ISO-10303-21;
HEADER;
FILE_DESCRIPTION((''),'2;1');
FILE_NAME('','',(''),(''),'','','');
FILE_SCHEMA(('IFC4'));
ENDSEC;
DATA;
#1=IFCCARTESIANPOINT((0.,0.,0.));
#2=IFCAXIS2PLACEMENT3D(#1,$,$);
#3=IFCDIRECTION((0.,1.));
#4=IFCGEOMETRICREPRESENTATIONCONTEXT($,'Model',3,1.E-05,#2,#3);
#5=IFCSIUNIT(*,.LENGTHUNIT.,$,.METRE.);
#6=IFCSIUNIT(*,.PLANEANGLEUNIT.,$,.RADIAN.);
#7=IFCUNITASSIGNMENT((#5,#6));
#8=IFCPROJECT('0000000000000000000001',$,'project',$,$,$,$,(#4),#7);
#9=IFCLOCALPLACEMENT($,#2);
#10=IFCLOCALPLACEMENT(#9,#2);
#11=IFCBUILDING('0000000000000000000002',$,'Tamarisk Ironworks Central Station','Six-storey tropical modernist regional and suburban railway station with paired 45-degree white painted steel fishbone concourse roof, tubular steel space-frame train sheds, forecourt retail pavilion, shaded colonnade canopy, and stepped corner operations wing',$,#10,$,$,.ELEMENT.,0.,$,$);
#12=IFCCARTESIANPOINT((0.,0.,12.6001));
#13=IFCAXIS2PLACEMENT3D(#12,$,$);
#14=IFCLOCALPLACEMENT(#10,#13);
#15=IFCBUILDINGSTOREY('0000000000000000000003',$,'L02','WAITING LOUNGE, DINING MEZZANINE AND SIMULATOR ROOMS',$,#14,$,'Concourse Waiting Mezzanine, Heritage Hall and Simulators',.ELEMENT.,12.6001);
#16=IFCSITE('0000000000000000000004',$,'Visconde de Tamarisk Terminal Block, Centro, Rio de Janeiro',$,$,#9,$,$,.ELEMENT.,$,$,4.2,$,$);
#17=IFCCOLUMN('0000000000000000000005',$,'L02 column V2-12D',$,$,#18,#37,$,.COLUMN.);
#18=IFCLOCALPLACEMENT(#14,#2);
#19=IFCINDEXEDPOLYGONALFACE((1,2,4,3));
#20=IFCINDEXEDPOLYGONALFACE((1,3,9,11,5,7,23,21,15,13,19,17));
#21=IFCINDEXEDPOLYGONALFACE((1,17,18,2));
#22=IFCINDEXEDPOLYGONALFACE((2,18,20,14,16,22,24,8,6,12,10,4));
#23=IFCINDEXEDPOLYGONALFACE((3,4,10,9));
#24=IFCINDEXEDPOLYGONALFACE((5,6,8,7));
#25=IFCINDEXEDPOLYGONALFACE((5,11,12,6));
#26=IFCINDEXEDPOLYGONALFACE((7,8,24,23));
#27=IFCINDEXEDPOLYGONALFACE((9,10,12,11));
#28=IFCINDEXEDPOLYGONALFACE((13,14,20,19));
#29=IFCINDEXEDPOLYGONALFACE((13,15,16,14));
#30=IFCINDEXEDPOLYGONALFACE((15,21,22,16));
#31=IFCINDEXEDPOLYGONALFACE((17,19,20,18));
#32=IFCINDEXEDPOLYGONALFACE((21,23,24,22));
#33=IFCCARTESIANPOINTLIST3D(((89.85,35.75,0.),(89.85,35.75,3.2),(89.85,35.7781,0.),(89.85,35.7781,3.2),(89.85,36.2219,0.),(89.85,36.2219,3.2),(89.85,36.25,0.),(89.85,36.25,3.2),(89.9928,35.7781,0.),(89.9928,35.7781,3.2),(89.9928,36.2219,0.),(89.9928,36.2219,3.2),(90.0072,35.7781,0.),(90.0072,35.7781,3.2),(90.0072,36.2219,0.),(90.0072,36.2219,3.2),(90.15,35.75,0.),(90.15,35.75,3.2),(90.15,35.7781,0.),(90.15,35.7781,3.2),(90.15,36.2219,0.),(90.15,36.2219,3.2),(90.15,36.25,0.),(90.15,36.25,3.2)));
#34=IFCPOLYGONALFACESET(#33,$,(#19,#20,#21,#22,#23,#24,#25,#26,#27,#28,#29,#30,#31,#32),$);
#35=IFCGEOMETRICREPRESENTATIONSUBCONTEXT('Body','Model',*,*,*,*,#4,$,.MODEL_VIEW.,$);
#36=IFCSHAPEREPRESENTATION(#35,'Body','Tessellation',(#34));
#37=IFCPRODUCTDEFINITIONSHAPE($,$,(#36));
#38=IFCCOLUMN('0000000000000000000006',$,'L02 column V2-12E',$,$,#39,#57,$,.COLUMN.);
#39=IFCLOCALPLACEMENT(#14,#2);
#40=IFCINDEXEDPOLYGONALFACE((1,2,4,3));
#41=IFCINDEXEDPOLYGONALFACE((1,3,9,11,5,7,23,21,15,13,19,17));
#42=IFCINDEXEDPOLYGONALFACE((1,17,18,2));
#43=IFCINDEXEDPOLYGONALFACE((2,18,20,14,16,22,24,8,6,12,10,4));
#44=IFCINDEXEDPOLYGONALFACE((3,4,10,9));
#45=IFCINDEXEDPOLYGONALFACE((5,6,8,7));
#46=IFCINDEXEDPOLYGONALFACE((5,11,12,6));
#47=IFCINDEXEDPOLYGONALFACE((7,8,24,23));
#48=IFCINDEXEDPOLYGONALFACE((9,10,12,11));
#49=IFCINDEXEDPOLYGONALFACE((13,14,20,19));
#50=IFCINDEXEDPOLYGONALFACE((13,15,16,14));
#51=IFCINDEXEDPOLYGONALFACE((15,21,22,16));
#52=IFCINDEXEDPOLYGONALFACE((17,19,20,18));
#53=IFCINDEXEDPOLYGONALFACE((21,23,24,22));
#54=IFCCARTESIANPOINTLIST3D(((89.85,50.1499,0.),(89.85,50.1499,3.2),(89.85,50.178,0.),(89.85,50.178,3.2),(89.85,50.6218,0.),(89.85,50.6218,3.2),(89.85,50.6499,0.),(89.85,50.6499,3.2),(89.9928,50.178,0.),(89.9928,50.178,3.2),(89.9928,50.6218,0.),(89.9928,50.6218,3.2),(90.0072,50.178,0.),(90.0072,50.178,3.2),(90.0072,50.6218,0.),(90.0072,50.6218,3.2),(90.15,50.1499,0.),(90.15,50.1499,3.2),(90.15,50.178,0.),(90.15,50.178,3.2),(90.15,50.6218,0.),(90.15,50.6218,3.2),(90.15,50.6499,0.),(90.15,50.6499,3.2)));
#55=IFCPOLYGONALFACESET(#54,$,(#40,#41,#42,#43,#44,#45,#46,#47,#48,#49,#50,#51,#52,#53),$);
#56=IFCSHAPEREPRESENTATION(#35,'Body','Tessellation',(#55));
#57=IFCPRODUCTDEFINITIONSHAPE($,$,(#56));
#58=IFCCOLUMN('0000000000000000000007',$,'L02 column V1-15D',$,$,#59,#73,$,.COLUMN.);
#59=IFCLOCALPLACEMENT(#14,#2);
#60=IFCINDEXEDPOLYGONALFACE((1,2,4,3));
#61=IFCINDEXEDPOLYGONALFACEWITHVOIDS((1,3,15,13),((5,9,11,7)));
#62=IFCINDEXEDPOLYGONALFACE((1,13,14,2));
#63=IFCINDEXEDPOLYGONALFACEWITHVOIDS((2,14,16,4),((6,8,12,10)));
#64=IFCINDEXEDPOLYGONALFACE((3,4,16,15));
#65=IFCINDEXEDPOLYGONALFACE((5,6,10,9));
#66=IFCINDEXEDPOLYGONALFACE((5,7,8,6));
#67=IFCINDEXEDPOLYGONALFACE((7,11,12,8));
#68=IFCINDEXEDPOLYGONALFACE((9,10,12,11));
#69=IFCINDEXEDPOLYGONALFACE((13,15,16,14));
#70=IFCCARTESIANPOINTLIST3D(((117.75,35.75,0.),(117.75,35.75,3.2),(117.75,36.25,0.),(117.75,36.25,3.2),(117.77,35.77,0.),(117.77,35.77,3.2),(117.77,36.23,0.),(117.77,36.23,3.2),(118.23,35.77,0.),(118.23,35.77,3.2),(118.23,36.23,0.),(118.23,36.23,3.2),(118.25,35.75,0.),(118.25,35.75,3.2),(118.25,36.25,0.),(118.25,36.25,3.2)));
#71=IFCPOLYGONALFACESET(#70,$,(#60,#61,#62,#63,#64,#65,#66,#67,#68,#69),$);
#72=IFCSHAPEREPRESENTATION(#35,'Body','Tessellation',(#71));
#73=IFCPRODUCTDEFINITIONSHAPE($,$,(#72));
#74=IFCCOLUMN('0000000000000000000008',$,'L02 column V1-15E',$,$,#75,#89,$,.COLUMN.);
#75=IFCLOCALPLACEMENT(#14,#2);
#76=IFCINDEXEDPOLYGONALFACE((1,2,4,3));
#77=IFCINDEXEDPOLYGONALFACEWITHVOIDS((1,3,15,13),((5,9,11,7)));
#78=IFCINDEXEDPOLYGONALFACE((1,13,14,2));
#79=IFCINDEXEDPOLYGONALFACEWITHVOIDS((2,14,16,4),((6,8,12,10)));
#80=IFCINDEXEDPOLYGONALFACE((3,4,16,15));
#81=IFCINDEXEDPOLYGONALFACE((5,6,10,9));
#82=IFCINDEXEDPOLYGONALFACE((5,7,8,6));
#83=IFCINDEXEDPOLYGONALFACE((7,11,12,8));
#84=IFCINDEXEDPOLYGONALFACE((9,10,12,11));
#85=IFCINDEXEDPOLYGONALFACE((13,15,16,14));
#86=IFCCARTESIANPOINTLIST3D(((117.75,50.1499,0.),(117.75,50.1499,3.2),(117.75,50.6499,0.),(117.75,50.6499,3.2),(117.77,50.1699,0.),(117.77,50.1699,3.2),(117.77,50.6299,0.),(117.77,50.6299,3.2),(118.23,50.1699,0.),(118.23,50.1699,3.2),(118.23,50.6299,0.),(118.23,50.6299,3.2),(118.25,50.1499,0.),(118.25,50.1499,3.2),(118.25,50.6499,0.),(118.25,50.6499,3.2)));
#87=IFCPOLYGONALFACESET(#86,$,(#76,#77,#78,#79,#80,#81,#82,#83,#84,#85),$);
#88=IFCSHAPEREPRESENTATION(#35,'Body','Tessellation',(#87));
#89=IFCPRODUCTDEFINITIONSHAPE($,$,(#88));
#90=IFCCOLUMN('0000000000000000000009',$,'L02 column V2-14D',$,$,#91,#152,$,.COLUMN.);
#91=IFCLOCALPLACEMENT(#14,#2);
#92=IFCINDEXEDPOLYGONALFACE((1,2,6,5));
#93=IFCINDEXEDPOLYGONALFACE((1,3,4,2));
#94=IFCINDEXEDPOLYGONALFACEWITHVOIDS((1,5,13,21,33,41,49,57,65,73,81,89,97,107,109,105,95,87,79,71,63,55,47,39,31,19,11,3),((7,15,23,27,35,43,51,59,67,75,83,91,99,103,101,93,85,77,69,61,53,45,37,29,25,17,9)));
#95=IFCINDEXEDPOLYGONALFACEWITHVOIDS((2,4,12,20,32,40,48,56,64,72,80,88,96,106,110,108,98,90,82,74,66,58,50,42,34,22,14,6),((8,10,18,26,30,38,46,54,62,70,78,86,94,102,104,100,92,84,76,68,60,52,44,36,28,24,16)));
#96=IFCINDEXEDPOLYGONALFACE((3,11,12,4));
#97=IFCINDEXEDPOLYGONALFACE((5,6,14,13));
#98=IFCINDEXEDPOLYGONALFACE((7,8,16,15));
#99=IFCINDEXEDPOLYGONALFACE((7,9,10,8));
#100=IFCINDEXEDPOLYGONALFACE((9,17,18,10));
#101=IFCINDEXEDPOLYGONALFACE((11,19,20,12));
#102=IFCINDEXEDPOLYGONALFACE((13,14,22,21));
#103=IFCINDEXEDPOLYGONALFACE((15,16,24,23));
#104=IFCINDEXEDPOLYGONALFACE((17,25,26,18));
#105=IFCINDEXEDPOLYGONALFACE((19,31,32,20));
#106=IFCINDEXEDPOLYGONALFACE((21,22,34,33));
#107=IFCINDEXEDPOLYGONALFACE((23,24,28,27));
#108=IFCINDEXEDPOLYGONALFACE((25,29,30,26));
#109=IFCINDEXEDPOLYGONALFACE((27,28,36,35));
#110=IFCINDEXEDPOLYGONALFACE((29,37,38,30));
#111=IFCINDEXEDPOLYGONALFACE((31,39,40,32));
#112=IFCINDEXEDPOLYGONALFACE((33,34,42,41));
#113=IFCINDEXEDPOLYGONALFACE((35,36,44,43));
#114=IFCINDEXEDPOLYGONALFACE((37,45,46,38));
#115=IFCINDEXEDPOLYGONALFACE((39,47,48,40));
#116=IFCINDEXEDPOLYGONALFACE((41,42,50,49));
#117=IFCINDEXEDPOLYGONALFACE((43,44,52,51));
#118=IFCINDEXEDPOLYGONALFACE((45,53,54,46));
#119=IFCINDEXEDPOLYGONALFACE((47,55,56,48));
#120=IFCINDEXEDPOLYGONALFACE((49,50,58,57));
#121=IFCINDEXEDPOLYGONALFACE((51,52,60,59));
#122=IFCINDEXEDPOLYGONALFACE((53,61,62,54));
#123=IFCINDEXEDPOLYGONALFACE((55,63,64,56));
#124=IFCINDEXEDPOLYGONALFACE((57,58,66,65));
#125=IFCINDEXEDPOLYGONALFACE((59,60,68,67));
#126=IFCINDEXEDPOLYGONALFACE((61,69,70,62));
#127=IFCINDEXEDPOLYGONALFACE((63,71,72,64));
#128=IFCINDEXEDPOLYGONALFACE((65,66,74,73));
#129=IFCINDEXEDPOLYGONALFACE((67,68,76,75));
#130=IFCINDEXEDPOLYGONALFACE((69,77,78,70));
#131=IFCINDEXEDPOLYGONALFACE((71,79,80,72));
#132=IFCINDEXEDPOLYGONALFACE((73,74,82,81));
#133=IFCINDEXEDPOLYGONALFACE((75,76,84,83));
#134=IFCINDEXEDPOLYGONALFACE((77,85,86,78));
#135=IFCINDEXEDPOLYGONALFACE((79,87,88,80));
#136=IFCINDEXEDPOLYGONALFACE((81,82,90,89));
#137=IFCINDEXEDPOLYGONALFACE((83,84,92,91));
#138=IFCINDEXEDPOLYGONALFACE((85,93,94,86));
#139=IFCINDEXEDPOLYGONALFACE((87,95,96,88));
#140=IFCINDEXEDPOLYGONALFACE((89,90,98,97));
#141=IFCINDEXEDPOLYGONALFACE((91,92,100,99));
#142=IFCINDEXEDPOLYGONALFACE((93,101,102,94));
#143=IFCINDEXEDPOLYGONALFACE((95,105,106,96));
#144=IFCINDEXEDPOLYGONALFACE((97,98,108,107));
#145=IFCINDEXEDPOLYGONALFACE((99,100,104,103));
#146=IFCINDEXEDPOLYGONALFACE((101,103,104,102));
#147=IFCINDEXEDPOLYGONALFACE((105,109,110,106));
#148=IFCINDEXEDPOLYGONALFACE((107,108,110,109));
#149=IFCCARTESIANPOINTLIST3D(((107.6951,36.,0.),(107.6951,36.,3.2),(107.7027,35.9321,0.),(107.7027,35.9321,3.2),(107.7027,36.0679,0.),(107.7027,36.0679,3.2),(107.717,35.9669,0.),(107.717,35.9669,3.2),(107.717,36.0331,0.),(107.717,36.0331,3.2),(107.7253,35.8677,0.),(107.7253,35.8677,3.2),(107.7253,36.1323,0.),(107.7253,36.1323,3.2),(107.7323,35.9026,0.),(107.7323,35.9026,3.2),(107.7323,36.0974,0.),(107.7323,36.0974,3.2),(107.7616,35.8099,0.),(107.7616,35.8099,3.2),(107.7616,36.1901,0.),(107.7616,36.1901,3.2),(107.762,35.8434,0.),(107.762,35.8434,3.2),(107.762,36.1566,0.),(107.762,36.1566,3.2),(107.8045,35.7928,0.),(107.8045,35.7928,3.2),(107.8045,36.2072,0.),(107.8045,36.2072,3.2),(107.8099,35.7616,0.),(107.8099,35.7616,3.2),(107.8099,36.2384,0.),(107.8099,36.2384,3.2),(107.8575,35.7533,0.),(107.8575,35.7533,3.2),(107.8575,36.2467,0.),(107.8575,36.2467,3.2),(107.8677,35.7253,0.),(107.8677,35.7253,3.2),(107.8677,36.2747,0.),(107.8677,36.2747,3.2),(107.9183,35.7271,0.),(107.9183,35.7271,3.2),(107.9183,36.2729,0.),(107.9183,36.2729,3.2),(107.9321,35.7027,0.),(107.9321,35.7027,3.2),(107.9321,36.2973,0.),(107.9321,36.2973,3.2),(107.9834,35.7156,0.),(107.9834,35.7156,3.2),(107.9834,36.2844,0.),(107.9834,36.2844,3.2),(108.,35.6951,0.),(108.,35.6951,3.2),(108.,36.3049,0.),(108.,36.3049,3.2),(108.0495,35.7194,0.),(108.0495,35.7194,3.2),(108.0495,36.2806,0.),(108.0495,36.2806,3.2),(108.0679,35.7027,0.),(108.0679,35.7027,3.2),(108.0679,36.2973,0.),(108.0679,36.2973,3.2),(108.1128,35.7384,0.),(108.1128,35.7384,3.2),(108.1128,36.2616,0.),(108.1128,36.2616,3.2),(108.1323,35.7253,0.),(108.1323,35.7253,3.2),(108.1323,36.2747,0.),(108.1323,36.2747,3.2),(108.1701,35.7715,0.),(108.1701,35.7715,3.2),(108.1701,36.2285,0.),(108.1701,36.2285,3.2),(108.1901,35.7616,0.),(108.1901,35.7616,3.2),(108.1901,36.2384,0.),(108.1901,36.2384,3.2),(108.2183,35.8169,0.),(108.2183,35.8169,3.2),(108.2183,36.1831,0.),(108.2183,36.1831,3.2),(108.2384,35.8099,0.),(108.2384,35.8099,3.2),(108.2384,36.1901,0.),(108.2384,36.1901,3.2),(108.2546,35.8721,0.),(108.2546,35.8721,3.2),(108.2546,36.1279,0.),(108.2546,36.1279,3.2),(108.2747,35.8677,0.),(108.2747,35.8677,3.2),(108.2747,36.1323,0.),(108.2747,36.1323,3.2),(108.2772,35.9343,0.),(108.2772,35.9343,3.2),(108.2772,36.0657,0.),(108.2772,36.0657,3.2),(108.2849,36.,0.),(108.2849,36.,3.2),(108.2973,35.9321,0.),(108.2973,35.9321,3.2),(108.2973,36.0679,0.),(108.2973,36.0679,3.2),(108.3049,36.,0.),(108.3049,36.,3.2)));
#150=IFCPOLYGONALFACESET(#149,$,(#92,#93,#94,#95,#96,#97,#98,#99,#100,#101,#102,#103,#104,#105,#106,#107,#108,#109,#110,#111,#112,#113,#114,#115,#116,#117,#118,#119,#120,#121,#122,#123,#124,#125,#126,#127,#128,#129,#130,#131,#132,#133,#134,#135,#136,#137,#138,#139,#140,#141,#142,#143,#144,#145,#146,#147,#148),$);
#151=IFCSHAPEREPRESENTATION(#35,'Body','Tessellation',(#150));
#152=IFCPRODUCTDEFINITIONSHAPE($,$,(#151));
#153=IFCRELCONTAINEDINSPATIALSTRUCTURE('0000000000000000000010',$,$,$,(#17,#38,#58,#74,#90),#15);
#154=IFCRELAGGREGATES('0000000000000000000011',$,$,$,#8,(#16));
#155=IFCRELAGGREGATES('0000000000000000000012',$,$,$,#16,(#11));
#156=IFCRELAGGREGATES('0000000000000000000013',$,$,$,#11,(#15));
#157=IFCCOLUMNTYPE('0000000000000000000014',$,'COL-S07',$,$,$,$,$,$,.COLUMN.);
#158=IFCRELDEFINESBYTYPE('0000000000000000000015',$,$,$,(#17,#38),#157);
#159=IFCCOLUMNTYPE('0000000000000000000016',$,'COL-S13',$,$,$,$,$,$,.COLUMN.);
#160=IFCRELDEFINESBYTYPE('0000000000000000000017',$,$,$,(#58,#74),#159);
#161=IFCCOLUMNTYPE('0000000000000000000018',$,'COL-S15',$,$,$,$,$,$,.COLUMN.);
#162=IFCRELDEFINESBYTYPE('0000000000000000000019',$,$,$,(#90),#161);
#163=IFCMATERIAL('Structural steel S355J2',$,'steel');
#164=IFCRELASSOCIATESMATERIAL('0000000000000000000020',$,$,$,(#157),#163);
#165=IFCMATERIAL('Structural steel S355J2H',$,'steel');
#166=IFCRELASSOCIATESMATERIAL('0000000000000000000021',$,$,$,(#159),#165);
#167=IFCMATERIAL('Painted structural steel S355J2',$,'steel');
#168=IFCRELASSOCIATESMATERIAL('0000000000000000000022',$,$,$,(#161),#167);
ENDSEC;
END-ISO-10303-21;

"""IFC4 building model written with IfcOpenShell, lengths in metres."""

from ifc_helpers import new_model, si_unit, direction, frame, origin, origin_2d, place, context, subcontext, project, spatial, hollow_rectangle, hollow_circle, i_section, extrude, material, material_profile, profile_set, type_object, element, save


model = new_model("IFC4")

# Units and contexts
model_context = context("Model", 3, precision=1e-05, world=origin(), true_north=direction((0.0, 1.0)))
body_context = subcontext(model_context, "Body", "Model", "MODEL_VIEW")
ifc_project = project(units=[si_unit("LENGTHUNIT", "METRE"), si_unit("PLANEANGLEUNIT", "RADIAN")], contexts=[model_context])

# Site, building, storey
site_placement = place(None, origin())
site = spatial("IfcSite", under=ifc_project, at=site_placement, Name="Visconde de Tamarisk Terminal Block, Centro, Rio de Janeiro", CompositionType="ELEMENT", RefElevation=4.2)
building_placement = place(site_placement, origin())
building = spatial("IfcBuilding", under=site, at=building_placement, Name="Tamarisk Ironworks Central Station", Description="Six-storey tropical modernist regional and suburban railway station with paired 45-degree white painted steel fishbone concourse roof, tubular steel space-frame train sheds, forecourt retail pavilion, shaded colonnade canopy, and stepped corner operations wing", CompositionType="ELEMENT", ElevationOfRefHeight=0.0)
storey_placement = place(building_placement, frame((0.0, 0.0, 12.6001)))
storey = spatial("IfcBuildingStorey", under=building, at=storey_placement, Name="L02", Description="WAITING LOUNGE, DINING MEZZANINE AND SIMULATOR ROOMS", LongName="Concourse Waiting Mezzanine, Heritage Hall and Simulators", CompositionType="ELEMENT", Elevation=12.6001)

# Columns
ifc_material_1 = material(Name="Structural steel S355J2", Category="steel")
ifc_material_profile_1 = material_profile(ifc_material_1, i_section(OverallWidth=0.3, OverallDepth=0.5, WebThickness=0.0144, FlangeThickness=0.0281, at=origin_2d()), Name="HEB 500")
ifc_profile_set_1 = profile_set([ifc_material_profile_1], Name="Structural steel S355J2")
column_type_1 = type_object("IfcColumnType", Name="COL-S07", PredefinedType="COLUMN", material=ifc_profile_set_1)
for number, where, z_axis, x_axis, name in (
    (1, (90.0, 36.0, 0.0), (0.0, 0.0, 1.0), (1.0, 0.0, 0.0), "L02 column V2-12D"),
    (2, (90.0, 50.3999, 0.0), (0.0, 0.0, 1.0), (1.0, 0.0, 0.0), "L02 column V2-12E"),
):
    element("IfcColumn", number, at=place(storey_placement, frame(where, z_axis=z_axis, x_axis=x_axis)), inside=storey, type_object=column_type_1, Name=name, PredefinedType="COLUMN", context=body_context, shape_type="SweptSolid", body=[
        extrude(i_section(OverallWidth=0.3, OverallDepth=0.5, WebThickness=0.0144, FlangeThickness=0.0281, at=origin_2d()), origin(), (0.0, 0.0, 1.0), 3.2),
    ])
ifc_material_2 = material(Name="Structural steel S355J2H", Category="steel")
ifc_material_profile_2 = material_profile(ifc_material_2, hollow_rectangle(XDim=0.5, YDim=0.5, WallThickness=0.02, at=origin_2d()), Name="SHS 500x500x20")
ifc_profile_set_2 = profile_set([ifc_material_profile_2], Name="Structural steel S355J2H")
column_type_2 = type_object("IfcColumnType", Name="COL-S13", PredefinedType="COLUMN", material=ifc_profile_set_2)
for number, where, z_axis, x_axis, name in (
    (3, (118.0, 36.0, 0.0), (0.0, 0.0, 1.0), (1.0, 0.0, 0.0), "L02 column V1-15D"),
    (4, (118.0, 50.3999, 0.0), (0.0, 0.0, 1.0), (1.0, 0.0, 0.0), "L02 column V1-15E"),
):
    element("IfcColumn", number, at=place(storey_placement, frame(where, z_axis=z_axis, x_axis=x_axis)), inside=storey, type_object=column_type_2, Name=name, PredefinedType="COLUMN", context=body_context, shape_type="SweptSolid", body=[
        extrude(hollow_rectangle(XDim=0.5, YDim=0.5, WallThickness=0.02, at=origin_2d()), origin(), (0.0, 0.0, 1.0), 3.2),
    ])
ifc_material_3 = material(Name="Painted structural steel S355J2", Category="steel")
ifc_material_profile_3 = material_profile(ifc_material_3, hollow_circle(Radius=0.3049, WallThickness=0.02, at=origin_2d()), Name="CHS 610x20")
ifc_profile_set_3 = profile_set([ifc_material_profile_3], Name="Painted structural steel S355J2")
column_type_3 = type_object("IfcColumnType", Name="COL-S15", PredefinedType="COLUMN", material=ifc_profile_set_3)
for number, where, z_axis, x_axis, name in (
    (5, (108.0, 36.0, 0.0), (0.0, 0.0, 1.0), (1.0, 0.0, 0.0), "L02 column V2-14D"),
):
    element("IfcColumn", number, at=place(storey_placement, frame(where, z_axis=z_axis, x_axis=x_axis)), inside=storey, type_object=column_type_3, Name=name, PredefinedType="COLUMN", context=body_context, shape_type="SweptSolid", body=[
        extrude(hollow_circle(Radius=0.3049, WallThickness=0.02, at=origin_2d()), origin(), (0.0, 0.0, 1.0), 3.2),
    ])

save(model, "model.ifc")
